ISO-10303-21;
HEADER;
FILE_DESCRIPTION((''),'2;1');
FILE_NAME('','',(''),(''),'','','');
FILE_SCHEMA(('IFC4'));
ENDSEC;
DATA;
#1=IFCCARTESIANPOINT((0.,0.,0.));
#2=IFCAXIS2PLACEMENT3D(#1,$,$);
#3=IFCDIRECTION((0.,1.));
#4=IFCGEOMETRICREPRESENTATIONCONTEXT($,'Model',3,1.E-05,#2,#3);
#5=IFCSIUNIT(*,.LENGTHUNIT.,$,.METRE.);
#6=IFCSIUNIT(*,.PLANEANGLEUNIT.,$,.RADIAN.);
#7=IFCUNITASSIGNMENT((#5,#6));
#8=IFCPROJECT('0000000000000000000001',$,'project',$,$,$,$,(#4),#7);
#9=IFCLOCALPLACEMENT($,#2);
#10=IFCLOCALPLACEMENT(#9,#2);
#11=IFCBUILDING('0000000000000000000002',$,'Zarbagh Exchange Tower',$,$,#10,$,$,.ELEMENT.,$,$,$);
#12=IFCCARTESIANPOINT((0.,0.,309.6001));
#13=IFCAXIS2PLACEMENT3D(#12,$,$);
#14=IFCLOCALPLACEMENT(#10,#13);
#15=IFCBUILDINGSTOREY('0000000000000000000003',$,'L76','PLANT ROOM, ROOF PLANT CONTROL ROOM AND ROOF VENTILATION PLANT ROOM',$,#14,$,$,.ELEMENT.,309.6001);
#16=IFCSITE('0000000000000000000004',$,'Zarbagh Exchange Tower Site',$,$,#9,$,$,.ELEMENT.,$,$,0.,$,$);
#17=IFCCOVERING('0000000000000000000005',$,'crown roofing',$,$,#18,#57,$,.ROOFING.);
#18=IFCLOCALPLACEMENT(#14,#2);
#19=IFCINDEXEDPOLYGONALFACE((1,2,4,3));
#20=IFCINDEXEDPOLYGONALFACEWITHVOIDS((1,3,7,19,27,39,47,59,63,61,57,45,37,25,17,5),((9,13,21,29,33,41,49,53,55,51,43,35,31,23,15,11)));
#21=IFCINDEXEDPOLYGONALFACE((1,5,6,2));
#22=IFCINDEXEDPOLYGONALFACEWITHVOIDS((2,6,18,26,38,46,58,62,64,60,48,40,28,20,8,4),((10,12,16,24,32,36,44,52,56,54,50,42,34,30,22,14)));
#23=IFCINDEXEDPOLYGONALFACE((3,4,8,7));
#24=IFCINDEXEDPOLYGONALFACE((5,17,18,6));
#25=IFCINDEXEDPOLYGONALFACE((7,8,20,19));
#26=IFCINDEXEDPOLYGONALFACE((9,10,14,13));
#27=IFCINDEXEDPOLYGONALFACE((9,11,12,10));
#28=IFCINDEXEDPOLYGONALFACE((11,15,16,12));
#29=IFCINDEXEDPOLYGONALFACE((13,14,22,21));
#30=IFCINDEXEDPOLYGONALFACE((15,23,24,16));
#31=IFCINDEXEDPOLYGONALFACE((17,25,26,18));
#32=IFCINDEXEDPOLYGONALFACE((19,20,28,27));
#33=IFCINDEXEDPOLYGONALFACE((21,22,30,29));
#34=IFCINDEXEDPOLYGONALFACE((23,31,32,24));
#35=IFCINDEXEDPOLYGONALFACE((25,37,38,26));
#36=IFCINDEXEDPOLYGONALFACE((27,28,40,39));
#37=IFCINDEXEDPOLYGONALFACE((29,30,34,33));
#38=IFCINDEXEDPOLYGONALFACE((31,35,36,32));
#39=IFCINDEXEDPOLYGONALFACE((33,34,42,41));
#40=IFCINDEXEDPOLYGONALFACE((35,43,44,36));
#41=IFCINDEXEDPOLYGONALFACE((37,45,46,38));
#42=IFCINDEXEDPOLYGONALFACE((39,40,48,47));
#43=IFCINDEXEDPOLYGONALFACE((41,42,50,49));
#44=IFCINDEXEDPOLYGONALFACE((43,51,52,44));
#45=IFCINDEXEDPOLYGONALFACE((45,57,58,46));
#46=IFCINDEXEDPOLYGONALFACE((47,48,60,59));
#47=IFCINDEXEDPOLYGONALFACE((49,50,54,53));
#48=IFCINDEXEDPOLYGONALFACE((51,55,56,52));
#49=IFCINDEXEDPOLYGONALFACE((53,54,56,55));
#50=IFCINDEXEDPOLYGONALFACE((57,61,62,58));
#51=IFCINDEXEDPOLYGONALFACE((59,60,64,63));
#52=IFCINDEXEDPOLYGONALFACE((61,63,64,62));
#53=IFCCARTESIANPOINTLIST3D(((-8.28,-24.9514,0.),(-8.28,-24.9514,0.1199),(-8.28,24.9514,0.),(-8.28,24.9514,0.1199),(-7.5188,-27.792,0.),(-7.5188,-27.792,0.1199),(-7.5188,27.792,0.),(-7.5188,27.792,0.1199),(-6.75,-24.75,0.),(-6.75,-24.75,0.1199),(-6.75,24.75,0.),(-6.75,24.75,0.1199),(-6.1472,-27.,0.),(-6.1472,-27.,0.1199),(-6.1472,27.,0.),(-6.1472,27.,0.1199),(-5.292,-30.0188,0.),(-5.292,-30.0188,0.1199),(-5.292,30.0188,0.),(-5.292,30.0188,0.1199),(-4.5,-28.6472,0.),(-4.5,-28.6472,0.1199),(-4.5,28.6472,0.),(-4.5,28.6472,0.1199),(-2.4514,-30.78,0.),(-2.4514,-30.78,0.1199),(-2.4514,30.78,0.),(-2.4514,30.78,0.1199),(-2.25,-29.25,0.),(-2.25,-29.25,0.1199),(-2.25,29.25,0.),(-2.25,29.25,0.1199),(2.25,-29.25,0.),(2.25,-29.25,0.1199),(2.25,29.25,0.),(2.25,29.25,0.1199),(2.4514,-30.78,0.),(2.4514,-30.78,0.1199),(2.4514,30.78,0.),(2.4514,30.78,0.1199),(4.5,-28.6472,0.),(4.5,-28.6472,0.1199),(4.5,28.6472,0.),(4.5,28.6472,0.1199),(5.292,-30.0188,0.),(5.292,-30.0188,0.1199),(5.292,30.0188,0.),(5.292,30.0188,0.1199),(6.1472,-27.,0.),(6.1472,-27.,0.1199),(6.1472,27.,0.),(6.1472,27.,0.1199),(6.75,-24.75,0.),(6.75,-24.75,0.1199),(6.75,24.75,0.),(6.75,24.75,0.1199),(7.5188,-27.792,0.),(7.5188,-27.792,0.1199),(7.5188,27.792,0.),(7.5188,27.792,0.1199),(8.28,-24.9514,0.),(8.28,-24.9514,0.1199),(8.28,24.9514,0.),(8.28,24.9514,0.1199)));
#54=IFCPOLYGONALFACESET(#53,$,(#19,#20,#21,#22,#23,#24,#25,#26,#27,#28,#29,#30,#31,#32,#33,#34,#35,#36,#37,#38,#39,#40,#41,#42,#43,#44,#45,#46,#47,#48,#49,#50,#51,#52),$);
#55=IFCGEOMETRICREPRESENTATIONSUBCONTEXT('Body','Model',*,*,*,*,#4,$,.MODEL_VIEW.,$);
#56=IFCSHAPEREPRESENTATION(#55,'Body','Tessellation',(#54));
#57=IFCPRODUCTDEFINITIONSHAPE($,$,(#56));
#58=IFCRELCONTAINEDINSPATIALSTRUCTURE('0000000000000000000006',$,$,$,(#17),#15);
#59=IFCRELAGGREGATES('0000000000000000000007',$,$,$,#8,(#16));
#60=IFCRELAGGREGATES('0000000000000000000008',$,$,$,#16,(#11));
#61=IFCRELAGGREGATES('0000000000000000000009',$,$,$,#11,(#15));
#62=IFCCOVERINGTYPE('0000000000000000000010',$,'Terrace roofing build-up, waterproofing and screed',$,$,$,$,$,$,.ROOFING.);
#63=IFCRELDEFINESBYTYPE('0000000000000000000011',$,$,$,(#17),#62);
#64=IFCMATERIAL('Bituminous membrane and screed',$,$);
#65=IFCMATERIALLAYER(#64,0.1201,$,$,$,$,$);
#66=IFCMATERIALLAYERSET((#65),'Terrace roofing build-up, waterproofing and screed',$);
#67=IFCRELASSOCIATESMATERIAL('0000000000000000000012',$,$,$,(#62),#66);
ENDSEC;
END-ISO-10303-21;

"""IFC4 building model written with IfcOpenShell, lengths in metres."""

from ifc_helpers import new_model, si_unit, direction, frame, origin, place, context, subcontext, project, spatial, polyline, outline, extrude, material, layer, layer_set, type_object, element, save


model = new_model("IFC4")

# Units and contexts
model_context = context("Model", 3, precision=1e-05, world=origin(), true_north=direction((0.0, 1.0)))
body_context = subcontext(model_context, "Body", "Model", "MODEL_VIEW")
ifc_project = project(units=[si_unit("LENGTHUNIT", "METRE"), si_unit("PLANEANGLEUNIT", "RADIAN")], contexts=[model_context])

# Site, building, storey
site_placement = place(None, origin())
site = spatial("IfcSite", under=ifc_project, at=site_placement, Name="Zarbagh Exchange Tower Site", CompositionType="ELEMENT", RefElevation=0.0)
building_placement = place(site_placement, origin())
building = spatial("IfcBuilding", under=site, at=building_placement, Name="Zarbagh Exchange Tower", CompositionType="ELEMENT")
storey_placement = place(building_placement, frame((0.0, 0.0, 309.6001)))
storey = spatial("IfcBuildingStorey", under=building, at=storey_placement, Name="L76", Description="PLANT ROOM, ROOF PLANT CONTROL ROOM AND ROOF VENTILATION PLANT ROOM", CompositionType="ELEMENT", Elevation=309.6001)

# Covering
ifc_material_1 = material(Name="Bituminous membrane and screed")
ifc_layer_1 = layer(ifc_material_1, 0.1201)
ifc_layer_set_1 = layer_set([ifc_layer_1], Name="Terrace roofing build-up, waterproofing and screed")
covering_type = type_object("IfcCoveringType", Name="Terrace roofing build-up, waterproofing and screed", PredefinedType="ROOFING", material=ifc_layer_set_1)
covering_1_placement = place(storey_placement, origin())
element("IfcCovering", 1, at=covering_1_placement, inside=storey, type_object=covering_type, Name="crown roofing", PredefinedType="ROOFING", context=body_context, shape_type="SweptSolid", body=[
    extrude(outline(polyline([(2.4514, 30.78), (5.292, 30.0188), (7.5188, 27.792), (8.28, 24.9514), (8.28, -24.9514), (7.5188, -27.792), (5.292, -30.0188), (2.4514, -30.78), (-2.4514, -30.78), (-5.292, -30.0188), (-7.5188, -27.792), (-8.28, -24.9514), (-8.28, 24.9514), (-7.5188, 27.792), (-5.292, 30.0188), (-2.4514, 30.78), (2.4514, 30.78)]), holes=[polyline([(6.1472, -27.0), (6.75, -24.75), (6.75, 24.75), (6.1472, 27.0), (4.5, 28.6472), (2.25, 29.25), (-2.25, 29.25), (-4.5, 28.6472), (-6.1472, 27.0), (-6.75, 24.75), (-6.75, -24.75), (-6.1472, -27.0), (-4.5, -28.6472), (-2.25, -29.25), (2.25, -29.25), (4.5, -28.6472), (6.1472, -27.0)])]), origin(), (0.0, 0.0, 1.0), 0.1199),
])

save(model, "model.ifc")
